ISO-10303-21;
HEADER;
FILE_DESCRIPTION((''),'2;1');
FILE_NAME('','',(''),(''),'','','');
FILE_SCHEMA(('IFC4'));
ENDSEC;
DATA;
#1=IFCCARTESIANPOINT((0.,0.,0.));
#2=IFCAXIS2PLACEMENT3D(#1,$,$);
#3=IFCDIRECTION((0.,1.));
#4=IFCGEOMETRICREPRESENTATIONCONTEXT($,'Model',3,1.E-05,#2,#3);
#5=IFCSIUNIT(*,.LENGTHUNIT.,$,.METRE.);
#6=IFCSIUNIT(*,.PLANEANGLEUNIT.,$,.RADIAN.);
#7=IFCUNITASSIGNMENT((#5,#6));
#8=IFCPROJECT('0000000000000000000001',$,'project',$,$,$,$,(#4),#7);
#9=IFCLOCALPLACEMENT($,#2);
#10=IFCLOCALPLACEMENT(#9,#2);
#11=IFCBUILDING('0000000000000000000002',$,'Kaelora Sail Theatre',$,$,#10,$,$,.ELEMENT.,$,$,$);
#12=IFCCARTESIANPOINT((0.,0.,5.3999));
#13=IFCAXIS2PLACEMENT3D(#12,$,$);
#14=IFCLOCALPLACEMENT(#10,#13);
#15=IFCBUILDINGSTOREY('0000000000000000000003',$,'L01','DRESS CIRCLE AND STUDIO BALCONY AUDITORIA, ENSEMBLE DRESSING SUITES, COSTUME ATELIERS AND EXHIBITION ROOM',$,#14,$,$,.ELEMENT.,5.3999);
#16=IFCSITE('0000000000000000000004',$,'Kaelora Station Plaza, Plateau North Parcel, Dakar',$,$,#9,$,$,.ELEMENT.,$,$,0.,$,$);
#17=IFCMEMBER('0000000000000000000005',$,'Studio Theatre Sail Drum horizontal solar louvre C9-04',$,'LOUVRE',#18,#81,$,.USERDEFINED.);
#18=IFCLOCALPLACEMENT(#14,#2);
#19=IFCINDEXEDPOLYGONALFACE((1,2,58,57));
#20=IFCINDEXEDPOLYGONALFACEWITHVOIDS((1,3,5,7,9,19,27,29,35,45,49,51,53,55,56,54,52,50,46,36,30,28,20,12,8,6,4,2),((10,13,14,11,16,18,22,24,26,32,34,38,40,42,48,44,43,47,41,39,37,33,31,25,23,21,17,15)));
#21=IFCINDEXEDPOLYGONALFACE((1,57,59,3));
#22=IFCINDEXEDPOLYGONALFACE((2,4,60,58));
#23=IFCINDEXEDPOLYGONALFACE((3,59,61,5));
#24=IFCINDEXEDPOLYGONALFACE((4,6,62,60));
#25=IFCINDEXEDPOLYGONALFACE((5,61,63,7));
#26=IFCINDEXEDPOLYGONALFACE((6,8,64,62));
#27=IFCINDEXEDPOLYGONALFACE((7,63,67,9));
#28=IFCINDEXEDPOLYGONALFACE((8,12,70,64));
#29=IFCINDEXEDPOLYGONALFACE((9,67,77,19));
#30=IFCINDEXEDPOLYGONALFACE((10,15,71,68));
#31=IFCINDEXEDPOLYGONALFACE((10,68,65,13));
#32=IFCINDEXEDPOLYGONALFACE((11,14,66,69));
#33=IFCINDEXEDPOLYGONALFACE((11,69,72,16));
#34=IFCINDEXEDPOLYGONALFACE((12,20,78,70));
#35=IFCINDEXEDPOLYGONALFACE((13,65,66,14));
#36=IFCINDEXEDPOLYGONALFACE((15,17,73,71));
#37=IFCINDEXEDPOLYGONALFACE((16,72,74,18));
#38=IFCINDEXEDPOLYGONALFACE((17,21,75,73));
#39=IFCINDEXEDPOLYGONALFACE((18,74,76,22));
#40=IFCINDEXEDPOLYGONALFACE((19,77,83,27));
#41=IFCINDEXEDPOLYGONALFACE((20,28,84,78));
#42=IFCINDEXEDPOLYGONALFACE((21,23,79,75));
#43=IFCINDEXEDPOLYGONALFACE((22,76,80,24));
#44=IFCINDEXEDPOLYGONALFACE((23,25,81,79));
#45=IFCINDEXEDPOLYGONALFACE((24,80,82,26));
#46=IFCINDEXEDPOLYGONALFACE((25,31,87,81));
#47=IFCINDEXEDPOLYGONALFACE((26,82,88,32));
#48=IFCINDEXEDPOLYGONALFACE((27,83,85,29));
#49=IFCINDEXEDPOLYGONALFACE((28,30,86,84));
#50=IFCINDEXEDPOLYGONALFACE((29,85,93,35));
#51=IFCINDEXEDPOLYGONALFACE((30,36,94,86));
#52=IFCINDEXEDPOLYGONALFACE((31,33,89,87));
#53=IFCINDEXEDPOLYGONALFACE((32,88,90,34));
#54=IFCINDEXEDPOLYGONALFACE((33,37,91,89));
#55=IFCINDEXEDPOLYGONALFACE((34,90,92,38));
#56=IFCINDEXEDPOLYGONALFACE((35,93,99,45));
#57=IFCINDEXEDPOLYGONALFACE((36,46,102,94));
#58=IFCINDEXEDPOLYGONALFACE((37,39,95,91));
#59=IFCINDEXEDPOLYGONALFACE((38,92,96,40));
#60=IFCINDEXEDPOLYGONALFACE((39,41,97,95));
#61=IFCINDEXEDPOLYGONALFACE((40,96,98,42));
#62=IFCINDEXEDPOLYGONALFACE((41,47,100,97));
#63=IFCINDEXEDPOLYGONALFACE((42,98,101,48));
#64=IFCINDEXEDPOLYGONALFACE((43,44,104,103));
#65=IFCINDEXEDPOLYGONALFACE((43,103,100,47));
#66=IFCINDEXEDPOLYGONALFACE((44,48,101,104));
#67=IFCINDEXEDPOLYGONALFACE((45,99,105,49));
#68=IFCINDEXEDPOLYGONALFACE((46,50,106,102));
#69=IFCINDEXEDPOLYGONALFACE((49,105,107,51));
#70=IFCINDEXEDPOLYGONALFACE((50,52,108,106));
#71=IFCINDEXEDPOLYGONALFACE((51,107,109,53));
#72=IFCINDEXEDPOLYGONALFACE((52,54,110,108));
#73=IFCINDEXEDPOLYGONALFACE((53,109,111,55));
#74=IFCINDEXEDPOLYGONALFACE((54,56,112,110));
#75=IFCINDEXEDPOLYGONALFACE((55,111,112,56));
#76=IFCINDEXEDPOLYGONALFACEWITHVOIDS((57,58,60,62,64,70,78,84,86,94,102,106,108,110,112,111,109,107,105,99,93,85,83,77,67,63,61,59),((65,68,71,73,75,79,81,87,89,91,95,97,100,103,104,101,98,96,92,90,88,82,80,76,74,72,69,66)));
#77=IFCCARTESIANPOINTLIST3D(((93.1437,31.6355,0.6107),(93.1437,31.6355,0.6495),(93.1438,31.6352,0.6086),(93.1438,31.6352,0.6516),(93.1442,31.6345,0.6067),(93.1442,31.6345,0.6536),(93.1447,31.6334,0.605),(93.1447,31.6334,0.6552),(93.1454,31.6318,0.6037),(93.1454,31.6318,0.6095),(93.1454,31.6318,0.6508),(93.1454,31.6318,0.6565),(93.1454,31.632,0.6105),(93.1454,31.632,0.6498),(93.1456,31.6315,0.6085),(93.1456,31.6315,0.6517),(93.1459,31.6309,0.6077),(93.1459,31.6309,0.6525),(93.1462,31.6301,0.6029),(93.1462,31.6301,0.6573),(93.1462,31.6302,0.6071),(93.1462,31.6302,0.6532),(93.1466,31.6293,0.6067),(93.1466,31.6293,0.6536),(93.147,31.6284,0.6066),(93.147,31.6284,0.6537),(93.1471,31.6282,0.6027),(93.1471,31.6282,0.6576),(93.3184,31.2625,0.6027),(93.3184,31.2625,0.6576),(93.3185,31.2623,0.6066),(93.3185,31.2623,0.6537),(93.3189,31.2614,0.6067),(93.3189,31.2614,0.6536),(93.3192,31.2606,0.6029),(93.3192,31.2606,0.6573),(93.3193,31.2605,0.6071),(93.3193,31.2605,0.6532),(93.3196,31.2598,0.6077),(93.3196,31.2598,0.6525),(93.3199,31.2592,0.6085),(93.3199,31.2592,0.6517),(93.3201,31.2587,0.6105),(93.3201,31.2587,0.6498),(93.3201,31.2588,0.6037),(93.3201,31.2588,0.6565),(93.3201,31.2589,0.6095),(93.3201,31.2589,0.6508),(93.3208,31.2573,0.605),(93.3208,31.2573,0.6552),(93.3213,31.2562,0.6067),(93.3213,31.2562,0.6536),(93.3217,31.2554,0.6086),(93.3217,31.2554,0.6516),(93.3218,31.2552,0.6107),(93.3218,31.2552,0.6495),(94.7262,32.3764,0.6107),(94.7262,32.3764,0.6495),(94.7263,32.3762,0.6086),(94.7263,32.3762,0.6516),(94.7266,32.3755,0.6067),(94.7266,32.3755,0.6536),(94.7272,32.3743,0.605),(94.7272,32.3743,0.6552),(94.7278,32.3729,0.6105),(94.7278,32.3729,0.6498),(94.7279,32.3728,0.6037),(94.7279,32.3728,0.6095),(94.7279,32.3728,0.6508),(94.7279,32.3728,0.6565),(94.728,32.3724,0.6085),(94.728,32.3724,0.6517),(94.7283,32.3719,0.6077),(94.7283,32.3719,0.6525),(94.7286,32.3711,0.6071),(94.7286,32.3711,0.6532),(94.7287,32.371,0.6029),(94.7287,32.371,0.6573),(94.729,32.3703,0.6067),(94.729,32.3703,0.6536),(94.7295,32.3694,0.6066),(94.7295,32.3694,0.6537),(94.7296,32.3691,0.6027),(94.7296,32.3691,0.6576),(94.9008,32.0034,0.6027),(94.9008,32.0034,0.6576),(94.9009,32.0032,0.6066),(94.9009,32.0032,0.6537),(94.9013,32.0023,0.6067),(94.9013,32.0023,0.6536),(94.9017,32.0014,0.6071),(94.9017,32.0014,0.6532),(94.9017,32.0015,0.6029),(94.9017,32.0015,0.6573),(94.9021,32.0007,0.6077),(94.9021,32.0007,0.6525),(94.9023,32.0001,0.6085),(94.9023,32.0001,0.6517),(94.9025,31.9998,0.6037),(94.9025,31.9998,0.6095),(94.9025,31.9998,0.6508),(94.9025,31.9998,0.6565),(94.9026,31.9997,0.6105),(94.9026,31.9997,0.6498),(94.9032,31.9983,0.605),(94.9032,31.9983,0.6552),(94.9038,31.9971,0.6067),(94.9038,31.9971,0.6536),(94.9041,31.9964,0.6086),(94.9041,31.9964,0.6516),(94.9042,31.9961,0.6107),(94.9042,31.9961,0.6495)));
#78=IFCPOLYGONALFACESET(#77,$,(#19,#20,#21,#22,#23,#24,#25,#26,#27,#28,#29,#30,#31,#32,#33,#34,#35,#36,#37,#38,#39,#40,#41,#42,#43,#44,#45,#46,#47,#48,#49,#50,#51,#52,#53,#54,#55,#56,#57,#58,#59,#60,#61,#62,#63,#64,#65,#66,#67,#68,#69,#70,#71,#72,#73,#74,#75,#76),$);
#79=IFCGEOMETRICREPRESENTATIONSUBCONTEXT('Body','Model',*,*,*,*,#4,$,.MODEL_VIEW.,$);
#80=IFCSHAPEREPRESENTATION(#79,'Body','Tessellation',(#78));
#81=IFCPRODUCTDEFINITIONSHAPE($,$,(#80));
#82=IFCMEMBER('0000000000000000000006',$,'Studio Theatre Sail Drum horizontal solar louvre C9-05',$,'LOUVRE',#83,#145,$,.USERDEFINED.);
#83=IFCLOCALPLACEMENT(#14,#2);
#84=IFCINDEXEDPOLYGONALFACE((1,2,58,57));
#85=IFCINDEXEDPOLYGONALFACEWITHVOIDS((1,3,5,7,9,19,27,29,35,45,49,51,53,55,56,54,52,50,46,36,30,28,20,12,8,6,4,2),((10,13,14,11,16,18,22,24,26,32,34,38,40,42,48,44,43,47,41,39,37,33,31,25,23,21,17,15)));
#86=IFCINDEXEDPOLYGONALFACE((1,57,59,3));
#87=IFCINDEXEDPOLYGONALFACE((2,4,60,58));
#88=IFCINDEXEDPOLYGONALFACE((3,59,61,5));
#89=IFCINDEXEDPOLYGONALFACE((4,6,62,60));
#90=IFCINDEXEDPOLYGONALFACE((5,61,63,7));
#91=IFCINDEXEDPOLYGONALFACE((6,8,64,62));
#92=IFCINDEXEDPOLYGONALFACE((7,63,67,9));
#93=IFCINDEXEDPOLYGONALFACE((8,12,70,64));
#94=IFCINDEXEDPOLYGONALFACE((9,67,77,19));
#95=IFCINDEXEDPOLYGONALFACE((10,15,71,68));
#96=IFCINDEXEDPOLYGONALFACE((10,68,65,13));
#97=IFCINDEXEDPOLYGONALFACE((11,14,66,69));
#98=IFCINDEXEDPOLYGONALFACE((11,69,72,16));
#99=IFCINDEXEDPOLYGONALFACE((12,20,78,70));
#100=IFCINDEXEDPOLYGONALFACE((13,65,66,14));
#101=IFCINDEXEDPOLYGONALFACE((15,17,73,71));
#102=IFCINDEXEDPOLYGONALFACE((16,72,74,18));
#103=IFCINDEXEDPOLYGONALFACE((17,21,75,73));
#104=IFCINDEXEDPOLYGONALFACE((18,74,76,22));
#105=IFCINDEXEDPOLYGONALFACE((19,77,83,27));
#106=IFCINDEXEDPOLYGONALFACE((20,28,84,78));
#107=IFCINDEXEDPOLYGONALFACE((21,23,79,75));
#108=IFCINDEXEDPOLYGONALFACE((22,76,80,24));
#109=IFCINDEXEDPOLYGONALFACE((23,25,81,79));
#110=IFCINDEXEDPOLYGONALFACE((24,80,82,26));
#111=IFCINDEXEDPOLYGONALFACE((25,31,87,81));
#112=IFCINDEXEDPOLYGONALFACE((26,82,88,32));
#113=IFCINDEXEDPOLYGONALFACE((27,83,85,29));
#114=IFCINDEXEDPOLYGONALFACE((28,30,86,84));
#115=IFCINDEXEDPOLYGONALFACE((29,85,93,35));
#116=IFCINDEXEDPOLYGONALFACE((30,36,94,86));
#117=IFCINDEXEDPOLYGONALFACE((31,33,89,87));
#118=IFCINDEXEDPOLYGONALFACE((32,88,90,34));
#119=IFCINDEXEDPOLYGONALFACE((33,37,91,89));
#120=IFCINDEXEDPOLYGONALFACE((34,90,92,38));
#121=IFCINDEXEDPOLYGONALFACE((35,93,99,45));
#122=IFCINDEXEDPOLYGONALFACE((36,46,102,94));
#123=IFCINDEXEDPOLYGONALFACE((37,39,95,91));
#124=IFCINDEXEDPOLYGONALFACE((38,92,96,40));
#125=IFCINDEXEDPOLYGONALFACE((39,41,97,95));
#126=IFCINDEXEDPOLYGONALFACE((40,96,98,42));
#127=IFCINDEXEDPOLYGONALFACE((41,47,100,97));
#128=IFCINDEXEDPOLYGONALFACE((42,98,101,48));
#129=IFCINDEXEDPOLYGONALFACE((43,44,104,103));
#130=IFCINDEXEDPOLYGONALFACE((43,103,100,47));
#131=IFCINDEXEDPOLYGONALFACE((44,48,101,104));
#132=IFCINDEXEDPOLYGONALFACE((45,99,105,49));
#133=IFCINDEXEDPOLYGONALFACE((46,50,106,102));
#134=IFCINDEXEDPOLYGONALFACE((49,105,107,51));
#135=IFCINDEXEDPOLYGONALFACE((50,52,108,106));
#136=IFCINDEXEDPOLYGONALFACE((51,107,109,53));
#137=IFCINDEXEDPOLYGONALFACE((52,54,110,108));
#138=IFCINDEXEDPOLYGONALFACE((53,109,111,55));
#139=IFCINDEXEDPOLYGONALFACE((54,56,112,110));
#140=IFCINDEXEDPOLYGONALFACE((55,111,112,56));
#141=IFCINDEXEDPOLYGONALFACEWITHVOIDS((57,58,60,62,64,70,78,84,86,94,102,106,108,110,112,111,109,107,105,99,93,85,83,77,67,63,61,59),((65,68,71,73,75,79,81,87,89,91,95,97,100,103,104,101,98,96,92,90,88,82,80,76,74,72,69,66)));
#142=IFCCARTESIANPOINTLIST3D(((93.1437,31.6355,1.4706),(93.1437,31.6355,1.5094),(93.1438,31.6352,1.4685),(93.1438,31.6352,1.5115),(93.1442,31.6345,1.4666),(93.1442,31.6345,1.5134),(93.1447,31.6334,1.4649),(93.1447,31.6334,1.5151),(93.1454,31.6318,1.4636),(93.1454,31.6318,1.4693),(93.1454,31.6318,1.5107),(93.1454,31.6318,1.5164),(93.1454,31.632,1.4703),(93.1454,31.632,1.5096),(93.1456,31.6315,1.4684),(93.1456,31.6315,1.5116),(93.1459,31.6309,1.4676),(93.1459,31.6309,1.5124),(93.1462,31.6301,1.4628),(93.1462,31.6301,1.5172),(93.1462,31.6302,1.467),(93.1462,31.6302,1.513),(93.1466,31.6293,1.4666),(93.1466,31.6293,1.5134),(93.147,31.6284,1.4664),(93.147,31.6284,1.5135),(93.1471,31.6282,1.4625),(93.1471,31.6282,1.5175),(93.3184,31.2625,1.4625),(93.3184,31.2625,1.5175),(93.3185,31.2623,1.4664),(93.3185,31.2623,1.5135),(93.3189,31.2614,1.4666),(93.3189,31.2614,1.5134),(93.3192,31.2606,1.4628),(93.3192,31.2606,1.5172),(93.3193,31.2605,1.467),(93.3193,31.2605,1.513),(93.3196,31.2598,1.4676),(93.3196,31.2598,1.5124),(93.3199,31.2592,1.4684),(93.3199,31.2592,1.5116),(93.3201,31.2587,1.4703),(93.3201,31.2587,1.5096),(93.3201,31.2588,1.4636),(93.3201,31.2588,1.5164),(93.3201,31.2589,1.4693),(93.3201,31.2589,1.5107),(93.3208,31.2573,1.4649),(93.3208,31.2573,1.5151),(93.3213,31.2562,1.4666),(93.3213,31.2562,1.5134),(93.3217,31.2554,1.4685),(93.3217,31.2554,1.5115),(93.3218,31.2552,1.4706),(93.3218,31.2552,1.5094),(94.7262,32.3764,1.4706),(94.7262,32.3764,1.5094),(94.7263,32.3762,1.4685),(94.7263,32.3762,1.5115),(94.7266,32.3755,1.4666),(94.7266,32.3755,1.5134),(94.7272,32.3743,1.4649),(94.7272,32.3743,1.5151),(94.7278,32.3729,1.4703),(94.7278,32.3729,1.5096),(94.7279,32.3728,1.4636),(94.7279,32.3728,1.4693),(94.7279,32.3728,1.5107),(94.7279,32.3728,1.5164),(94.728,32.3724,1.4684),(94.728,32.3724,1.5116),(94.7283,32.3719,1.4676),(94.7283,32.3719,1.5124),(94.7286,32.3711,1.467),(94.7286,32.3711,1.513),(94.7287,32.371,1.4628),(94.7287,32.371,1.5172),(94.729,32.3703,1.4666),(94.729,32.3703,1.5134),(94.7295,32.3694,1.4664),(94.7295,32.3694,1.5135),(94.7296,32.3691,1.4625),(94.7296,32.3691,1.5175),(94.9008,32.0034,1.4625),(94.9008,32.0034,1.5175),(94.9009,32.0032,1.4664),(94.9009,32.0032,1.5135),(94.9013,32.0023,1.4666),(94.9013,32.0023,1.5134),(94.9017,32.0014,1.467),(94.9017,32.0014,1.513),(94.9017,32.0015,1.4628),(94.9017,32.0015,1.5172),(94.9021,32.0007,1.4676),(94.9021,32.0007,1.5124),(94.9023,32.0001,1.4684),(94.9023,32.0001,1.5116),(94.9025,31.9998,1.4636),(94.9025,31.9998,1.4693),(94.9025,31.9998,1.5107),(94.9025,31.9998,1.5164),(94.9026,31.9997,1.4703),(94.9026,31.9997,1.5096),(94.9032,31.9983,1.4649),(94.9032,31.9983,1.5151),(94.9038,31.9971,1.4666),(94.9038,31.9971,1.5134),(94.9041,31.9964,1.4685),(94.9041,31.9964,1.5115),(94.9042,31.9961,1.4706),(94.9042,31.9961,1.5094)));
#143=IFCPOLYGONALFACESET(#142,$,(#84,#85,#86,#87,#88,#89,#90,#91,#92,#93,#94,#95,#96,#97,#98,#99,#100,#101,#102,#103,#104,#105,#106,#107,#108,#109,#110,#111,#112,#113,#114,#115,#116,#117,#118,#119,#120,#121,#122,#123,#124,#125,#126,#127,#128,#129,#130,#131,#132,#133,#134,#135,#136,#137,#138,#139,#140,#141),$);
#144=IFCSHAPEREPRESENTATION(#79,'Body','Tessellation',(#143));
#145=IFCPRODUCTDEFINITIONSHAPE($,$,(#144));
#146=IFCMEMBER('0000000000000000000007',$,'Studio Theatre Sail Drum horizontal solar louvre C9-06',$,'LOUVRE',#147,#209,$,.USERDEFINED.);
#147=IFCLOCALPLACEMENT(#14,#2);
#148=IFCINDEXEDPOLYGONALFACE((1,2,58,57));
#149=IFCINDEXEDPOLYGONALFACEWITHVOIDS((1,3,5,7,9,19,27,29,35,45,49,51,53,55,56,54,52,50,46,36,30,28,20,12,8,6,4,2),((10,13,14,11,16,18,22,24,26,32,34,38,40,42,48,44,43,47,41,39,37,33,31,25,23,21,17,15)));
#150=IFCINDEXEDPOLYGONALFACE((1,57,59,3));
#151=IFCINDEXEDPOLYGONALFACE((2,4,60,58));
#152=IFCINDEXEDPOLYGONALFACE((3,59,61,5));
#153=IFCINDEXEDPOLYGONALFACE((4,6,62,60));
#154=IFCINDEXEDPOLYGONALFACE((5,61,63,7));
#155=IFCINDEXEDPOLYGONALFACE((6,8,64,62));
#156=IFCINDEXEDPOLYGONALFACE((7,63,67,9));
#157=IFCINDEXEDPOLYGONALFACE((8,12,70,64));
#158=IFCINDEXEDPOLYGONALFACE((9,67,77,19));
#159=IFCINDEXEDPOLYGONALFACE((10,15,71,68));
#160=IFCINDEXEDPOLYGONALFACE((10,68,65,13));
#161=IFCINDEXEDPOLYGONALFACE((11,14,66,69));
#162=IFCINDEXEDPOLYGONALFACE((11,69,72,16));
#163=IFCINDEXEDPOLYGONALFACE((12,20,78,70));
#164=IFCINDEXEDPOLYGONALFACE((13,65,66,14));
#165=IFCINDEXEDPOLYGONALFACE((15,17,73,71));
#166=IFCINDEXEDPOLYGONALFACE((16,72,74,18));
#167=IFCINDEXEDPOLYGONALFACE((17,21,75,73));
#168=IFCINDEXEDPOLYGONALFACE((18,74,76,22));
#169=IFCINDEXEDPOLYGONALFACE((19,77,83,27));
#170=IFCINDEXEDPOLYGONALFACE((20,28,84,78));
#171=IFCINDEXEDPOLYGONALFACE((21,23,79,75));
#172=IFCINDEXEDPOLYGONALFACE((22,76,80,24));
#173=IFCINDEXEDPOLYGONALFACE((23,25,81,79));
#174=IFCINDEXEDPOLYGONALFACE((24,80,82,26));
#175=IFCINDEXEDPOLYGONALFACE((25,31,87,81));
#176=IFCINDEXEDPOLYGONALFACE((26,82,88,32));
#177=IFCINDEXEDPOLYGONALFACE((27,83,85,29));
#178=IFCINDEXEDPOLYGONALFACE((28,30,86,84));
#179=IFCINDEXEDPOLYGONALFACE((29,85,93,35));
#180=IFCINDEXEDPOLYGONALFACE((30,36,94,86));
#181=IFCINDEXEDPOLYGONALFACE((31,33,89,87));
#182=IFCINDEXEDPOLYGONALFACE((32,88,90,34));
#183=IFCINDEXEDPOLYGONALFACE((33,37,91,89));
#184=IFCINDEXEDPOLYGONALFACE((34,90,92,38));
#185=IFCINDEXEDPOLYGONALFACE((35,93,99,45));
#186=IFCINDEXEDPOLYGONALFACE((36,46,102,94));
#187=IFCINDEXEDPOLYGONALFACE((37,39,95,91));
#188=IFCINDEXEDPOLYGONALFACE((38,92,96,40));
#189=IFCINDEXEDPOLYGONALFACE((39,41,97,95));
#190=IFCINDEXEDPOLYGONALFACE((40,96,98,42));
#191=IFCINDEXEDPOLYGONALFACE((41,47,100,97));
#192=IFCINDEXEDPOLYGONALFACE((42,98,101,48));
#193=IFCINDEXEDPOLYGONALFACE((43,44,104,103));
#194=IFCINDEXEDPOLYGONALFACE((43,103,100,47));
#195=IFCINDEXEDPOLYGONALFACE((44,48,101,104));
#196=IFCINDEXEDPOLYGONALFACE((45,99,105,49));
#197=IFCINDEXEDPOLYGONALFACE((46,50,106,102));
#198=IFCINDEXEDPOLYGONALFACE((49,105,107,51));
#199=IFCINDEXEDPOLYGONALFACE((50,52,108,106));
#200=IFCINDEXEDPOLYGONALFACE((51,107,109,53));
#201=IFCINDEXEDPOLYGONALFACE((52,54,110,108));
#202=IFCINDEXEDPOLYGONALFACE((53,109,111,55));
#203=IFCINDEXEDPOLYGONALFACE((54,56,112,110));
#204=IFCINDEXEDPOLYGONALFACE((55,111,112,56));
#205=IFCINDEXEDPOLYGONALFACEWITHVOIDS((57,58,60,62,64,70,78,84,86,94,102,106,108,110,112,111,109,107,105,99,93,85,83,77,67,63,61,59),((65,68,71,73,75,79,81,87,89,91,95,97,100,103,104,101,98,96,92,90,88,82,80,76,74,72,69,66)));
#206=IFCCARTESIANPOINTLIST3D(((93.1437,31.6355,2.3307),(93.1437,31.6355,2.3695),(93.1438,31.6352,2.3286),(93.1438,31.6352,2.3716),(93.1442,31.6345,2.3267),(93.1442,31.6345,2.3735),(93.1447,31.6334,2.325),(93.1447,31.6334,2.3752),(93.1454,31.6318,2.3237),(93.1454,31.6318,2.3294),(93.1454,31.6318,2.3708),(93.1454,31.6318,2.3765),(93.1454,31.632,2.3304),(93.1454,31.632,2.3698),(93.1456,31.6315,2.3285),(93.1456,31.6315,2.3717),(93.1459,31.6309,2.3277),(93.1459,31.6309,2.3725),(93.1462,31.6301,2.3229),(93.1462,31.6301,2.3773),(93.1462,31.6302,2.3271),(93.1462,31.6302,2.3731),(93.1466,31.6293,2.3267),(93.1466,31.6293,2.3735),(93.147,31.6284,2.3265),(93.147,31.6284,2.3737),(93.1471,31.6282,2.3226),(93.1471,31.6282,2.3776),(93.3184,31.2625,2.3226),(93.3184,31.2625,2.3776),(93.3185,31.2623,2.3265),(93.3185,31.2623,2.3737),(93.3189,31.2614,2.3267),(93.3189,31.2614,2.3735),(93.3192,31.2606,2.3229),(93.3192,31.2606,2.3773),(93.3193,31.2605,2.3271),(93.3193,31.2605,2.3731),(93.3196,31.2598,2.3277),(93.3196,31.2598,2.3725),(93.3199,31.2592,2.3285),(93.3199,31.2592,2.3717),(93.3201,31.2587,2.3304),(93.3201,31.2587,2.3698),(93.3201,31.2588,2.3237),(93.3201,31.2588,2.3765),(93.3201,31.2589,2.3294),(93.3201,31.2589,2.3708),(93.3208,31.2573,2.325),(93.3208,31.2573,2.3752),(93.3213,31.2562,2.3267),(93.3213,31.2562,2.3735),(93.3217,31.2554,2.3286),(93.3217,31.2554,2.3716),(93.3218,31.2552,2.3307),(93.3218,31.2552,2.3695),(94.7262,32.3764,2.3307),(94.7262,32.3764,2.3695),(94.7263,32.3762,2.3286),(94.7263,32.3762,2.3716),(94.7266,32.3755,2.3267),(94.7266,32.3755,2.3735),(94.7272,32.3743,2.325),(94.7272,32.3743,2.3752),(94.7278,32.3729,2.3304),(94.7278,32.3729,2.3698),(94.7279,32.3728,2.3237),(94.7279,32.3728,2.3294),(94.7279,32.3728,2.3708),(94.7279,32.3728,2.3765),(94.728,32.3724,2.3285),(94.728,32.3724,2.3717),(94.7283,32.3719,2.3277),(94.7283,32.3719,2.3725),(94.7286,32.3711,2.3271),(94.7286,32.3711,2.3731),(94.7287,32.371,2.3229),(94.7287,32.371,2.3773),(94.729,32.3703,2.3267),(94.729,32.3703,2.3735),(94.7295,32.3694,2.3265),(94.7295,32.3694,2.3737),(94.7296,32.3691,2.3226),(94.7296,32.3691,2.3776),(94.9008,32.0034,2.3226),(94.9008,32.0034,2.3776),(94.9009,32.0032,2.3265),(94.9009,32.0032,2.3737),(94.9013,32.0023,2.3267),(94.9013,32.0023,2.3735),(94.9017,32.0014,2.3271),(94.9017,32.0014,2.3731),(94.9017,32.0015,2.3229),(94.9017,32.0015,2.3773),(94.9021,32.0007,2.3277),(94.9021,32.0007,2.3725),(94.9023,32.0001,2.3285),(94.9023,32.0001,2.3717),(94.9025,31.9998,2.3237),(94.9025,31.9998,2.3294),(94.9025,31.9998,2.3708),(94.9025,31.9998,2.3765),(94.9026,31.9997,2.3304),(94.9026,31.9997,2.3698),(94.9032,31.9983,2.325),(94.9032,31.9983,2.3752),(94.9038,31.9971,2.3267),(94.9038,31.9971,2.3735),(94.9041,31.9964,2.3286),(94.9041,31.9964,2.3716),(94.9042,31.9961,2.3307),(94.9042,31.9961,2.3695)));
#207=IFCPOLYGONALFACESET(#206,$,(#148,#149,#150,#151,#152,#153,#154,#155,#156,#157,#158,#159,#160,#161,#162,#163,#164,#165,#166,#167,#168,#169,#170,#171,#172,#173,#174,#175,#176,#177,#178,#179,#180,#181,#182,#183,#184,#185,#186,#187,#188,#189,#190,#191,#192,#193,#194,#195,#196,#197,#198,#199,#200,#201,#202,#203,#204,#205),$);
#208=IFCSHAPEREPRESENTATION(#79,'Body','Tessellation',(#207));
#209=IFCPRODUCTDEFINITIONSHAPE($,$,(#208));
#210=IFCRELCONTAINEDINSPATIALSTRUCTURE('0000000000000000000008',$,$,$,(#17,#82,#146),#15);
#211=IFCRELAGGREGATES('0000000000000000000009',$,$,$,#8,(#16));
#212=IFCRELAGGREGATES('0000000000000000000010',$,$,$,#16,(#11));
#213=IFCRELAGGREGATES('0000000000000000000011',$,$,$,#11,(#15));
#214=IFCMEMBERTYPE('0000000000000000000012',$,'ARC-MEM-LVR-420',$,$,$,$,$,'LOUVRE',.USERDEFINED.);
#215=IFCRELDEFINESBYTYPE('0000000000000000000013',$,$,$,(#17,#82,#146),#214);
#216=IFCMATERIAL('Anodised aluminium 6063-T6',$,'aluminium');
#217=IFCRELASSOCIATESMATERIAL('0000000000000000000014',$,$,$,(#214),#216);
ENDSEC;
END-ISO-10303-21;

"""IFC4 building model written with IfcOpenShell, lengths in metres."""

from ifc_helpers import new_model, si_unit, direction, frame, origin, origin_2d, place, context, subcontext, project, spatial, hollow_rectangle, extrude, material, material_profile, profile_set, type_object, element, save


model = new_model("IFC4")

# Units and contexts
model_context = context("Model", 3, precision=1e-05, world=origin(), true_north=direction((0.0, 1.0)))
body_context = subcontext(model_context, "Body", "Model", "MODEL_VIEW")
ifc_project = project(units=[si_unit("LENGTHUNIT", "METRE"), si_unit("PLANEANGLEUNIT", "RADIAN")], contexts=[model_context])

# Site, building, storey
site_placement = place(None, origin())
site = spatial("IfcSite", under=ifc_project, at=site_placement, Name="Kaelora Station Plaza, Plateau North Parcel, Dakar", CompositionType="ELEMENT", RefElevation=0.0)
building_placement = place(site_placement, origin())
building = spatial("IfcBuilding", under=site, at=building_placement, Name="Kaelora Sail Theatre", CompositionType="ELEMENT")
storey_placement = place(building_placement, frame((0.0, 0.0, 5.3999)))
storey = spatial("IfcBuildingStorey", under=building, at=storey_placement, Name="L01", Description="DRESS CIRCLE AND STUDIO BALCONY AUDITORIA, ENSEMBLE DRESSING SUITES, COSTUME ATELIERS AND EXHIBITION ROOM", CompositionType="ELEMENT", Elevation=5.3999)

# Members
ifc_material_1 = material(Name="Anodised aluminium 6063-T6", Category="aluminium")
ifc_material_profile_1 = material_profile(ifc_material_1, hollow_rectangle(XDim=0.4199, YDim=0.0549, WallThickness=0.0039, InnerFilletRadius=0.0039, OuterFilletRadius=0.0081, at=origin_2d()), Name="LOUVRE 420x55x4")
ifc_profile_set_1 = profile_set([ifc_material_profile_1], Name="Anodised aluminium 6063-T6")
member_type = type_object("IfcMemberType", Name="ARC-MEM-LVR-420", ElementType="LOUVRE", PredefinedType="USERDEFINED", material=ifc_profile_set_1)
for number, where, z_axis, x_axis, name in (
    (1, (94.8152, 32.1863, 0.6301), (-0.905643, -0.42404, 0.0), (0.42404, -0.905643, 0.0), "Studio Theatre Sail Drum horizontal solar louvre C9-04"),
    (2, (94.8152, 32.1863, 1.49), (-0.905643, -0.42404, 0.0), (0.42404, -0.905643, 0.0), "Studio Theatre Sail Drum horizontal solar louvre C9-05"),
    (3, (94.8152, 32.1863, 2.3501), (-0.905643, -0.42404, 0.0), (0.42404, -0.905643, 0.0), "Studio Theatre Sail Drum horizontal solar louvre C9-06"),
):
    element("IfcMember", number, at=place(storey_placement, frame(where, z_axis=z_axis, x_axis=x_axis)), inside=storey, type_object=member_type, Name=name, ObjectType="LOUVRE", PredefinedType="USERDEFINED", context=body_context, shape_type="SweptSolid", body=[
        extrude(hollow_rectangle(XDim=0.4199, YDim=0.0549, WallThickness=0.0039, InnerFilletRadius=0.0039, OuterFilletRadius=0.0081, at=origin_2d()), origin(), (0.0, 0.0, 1.0), 1.7473),
    ])

save(model, "model.ifc")
